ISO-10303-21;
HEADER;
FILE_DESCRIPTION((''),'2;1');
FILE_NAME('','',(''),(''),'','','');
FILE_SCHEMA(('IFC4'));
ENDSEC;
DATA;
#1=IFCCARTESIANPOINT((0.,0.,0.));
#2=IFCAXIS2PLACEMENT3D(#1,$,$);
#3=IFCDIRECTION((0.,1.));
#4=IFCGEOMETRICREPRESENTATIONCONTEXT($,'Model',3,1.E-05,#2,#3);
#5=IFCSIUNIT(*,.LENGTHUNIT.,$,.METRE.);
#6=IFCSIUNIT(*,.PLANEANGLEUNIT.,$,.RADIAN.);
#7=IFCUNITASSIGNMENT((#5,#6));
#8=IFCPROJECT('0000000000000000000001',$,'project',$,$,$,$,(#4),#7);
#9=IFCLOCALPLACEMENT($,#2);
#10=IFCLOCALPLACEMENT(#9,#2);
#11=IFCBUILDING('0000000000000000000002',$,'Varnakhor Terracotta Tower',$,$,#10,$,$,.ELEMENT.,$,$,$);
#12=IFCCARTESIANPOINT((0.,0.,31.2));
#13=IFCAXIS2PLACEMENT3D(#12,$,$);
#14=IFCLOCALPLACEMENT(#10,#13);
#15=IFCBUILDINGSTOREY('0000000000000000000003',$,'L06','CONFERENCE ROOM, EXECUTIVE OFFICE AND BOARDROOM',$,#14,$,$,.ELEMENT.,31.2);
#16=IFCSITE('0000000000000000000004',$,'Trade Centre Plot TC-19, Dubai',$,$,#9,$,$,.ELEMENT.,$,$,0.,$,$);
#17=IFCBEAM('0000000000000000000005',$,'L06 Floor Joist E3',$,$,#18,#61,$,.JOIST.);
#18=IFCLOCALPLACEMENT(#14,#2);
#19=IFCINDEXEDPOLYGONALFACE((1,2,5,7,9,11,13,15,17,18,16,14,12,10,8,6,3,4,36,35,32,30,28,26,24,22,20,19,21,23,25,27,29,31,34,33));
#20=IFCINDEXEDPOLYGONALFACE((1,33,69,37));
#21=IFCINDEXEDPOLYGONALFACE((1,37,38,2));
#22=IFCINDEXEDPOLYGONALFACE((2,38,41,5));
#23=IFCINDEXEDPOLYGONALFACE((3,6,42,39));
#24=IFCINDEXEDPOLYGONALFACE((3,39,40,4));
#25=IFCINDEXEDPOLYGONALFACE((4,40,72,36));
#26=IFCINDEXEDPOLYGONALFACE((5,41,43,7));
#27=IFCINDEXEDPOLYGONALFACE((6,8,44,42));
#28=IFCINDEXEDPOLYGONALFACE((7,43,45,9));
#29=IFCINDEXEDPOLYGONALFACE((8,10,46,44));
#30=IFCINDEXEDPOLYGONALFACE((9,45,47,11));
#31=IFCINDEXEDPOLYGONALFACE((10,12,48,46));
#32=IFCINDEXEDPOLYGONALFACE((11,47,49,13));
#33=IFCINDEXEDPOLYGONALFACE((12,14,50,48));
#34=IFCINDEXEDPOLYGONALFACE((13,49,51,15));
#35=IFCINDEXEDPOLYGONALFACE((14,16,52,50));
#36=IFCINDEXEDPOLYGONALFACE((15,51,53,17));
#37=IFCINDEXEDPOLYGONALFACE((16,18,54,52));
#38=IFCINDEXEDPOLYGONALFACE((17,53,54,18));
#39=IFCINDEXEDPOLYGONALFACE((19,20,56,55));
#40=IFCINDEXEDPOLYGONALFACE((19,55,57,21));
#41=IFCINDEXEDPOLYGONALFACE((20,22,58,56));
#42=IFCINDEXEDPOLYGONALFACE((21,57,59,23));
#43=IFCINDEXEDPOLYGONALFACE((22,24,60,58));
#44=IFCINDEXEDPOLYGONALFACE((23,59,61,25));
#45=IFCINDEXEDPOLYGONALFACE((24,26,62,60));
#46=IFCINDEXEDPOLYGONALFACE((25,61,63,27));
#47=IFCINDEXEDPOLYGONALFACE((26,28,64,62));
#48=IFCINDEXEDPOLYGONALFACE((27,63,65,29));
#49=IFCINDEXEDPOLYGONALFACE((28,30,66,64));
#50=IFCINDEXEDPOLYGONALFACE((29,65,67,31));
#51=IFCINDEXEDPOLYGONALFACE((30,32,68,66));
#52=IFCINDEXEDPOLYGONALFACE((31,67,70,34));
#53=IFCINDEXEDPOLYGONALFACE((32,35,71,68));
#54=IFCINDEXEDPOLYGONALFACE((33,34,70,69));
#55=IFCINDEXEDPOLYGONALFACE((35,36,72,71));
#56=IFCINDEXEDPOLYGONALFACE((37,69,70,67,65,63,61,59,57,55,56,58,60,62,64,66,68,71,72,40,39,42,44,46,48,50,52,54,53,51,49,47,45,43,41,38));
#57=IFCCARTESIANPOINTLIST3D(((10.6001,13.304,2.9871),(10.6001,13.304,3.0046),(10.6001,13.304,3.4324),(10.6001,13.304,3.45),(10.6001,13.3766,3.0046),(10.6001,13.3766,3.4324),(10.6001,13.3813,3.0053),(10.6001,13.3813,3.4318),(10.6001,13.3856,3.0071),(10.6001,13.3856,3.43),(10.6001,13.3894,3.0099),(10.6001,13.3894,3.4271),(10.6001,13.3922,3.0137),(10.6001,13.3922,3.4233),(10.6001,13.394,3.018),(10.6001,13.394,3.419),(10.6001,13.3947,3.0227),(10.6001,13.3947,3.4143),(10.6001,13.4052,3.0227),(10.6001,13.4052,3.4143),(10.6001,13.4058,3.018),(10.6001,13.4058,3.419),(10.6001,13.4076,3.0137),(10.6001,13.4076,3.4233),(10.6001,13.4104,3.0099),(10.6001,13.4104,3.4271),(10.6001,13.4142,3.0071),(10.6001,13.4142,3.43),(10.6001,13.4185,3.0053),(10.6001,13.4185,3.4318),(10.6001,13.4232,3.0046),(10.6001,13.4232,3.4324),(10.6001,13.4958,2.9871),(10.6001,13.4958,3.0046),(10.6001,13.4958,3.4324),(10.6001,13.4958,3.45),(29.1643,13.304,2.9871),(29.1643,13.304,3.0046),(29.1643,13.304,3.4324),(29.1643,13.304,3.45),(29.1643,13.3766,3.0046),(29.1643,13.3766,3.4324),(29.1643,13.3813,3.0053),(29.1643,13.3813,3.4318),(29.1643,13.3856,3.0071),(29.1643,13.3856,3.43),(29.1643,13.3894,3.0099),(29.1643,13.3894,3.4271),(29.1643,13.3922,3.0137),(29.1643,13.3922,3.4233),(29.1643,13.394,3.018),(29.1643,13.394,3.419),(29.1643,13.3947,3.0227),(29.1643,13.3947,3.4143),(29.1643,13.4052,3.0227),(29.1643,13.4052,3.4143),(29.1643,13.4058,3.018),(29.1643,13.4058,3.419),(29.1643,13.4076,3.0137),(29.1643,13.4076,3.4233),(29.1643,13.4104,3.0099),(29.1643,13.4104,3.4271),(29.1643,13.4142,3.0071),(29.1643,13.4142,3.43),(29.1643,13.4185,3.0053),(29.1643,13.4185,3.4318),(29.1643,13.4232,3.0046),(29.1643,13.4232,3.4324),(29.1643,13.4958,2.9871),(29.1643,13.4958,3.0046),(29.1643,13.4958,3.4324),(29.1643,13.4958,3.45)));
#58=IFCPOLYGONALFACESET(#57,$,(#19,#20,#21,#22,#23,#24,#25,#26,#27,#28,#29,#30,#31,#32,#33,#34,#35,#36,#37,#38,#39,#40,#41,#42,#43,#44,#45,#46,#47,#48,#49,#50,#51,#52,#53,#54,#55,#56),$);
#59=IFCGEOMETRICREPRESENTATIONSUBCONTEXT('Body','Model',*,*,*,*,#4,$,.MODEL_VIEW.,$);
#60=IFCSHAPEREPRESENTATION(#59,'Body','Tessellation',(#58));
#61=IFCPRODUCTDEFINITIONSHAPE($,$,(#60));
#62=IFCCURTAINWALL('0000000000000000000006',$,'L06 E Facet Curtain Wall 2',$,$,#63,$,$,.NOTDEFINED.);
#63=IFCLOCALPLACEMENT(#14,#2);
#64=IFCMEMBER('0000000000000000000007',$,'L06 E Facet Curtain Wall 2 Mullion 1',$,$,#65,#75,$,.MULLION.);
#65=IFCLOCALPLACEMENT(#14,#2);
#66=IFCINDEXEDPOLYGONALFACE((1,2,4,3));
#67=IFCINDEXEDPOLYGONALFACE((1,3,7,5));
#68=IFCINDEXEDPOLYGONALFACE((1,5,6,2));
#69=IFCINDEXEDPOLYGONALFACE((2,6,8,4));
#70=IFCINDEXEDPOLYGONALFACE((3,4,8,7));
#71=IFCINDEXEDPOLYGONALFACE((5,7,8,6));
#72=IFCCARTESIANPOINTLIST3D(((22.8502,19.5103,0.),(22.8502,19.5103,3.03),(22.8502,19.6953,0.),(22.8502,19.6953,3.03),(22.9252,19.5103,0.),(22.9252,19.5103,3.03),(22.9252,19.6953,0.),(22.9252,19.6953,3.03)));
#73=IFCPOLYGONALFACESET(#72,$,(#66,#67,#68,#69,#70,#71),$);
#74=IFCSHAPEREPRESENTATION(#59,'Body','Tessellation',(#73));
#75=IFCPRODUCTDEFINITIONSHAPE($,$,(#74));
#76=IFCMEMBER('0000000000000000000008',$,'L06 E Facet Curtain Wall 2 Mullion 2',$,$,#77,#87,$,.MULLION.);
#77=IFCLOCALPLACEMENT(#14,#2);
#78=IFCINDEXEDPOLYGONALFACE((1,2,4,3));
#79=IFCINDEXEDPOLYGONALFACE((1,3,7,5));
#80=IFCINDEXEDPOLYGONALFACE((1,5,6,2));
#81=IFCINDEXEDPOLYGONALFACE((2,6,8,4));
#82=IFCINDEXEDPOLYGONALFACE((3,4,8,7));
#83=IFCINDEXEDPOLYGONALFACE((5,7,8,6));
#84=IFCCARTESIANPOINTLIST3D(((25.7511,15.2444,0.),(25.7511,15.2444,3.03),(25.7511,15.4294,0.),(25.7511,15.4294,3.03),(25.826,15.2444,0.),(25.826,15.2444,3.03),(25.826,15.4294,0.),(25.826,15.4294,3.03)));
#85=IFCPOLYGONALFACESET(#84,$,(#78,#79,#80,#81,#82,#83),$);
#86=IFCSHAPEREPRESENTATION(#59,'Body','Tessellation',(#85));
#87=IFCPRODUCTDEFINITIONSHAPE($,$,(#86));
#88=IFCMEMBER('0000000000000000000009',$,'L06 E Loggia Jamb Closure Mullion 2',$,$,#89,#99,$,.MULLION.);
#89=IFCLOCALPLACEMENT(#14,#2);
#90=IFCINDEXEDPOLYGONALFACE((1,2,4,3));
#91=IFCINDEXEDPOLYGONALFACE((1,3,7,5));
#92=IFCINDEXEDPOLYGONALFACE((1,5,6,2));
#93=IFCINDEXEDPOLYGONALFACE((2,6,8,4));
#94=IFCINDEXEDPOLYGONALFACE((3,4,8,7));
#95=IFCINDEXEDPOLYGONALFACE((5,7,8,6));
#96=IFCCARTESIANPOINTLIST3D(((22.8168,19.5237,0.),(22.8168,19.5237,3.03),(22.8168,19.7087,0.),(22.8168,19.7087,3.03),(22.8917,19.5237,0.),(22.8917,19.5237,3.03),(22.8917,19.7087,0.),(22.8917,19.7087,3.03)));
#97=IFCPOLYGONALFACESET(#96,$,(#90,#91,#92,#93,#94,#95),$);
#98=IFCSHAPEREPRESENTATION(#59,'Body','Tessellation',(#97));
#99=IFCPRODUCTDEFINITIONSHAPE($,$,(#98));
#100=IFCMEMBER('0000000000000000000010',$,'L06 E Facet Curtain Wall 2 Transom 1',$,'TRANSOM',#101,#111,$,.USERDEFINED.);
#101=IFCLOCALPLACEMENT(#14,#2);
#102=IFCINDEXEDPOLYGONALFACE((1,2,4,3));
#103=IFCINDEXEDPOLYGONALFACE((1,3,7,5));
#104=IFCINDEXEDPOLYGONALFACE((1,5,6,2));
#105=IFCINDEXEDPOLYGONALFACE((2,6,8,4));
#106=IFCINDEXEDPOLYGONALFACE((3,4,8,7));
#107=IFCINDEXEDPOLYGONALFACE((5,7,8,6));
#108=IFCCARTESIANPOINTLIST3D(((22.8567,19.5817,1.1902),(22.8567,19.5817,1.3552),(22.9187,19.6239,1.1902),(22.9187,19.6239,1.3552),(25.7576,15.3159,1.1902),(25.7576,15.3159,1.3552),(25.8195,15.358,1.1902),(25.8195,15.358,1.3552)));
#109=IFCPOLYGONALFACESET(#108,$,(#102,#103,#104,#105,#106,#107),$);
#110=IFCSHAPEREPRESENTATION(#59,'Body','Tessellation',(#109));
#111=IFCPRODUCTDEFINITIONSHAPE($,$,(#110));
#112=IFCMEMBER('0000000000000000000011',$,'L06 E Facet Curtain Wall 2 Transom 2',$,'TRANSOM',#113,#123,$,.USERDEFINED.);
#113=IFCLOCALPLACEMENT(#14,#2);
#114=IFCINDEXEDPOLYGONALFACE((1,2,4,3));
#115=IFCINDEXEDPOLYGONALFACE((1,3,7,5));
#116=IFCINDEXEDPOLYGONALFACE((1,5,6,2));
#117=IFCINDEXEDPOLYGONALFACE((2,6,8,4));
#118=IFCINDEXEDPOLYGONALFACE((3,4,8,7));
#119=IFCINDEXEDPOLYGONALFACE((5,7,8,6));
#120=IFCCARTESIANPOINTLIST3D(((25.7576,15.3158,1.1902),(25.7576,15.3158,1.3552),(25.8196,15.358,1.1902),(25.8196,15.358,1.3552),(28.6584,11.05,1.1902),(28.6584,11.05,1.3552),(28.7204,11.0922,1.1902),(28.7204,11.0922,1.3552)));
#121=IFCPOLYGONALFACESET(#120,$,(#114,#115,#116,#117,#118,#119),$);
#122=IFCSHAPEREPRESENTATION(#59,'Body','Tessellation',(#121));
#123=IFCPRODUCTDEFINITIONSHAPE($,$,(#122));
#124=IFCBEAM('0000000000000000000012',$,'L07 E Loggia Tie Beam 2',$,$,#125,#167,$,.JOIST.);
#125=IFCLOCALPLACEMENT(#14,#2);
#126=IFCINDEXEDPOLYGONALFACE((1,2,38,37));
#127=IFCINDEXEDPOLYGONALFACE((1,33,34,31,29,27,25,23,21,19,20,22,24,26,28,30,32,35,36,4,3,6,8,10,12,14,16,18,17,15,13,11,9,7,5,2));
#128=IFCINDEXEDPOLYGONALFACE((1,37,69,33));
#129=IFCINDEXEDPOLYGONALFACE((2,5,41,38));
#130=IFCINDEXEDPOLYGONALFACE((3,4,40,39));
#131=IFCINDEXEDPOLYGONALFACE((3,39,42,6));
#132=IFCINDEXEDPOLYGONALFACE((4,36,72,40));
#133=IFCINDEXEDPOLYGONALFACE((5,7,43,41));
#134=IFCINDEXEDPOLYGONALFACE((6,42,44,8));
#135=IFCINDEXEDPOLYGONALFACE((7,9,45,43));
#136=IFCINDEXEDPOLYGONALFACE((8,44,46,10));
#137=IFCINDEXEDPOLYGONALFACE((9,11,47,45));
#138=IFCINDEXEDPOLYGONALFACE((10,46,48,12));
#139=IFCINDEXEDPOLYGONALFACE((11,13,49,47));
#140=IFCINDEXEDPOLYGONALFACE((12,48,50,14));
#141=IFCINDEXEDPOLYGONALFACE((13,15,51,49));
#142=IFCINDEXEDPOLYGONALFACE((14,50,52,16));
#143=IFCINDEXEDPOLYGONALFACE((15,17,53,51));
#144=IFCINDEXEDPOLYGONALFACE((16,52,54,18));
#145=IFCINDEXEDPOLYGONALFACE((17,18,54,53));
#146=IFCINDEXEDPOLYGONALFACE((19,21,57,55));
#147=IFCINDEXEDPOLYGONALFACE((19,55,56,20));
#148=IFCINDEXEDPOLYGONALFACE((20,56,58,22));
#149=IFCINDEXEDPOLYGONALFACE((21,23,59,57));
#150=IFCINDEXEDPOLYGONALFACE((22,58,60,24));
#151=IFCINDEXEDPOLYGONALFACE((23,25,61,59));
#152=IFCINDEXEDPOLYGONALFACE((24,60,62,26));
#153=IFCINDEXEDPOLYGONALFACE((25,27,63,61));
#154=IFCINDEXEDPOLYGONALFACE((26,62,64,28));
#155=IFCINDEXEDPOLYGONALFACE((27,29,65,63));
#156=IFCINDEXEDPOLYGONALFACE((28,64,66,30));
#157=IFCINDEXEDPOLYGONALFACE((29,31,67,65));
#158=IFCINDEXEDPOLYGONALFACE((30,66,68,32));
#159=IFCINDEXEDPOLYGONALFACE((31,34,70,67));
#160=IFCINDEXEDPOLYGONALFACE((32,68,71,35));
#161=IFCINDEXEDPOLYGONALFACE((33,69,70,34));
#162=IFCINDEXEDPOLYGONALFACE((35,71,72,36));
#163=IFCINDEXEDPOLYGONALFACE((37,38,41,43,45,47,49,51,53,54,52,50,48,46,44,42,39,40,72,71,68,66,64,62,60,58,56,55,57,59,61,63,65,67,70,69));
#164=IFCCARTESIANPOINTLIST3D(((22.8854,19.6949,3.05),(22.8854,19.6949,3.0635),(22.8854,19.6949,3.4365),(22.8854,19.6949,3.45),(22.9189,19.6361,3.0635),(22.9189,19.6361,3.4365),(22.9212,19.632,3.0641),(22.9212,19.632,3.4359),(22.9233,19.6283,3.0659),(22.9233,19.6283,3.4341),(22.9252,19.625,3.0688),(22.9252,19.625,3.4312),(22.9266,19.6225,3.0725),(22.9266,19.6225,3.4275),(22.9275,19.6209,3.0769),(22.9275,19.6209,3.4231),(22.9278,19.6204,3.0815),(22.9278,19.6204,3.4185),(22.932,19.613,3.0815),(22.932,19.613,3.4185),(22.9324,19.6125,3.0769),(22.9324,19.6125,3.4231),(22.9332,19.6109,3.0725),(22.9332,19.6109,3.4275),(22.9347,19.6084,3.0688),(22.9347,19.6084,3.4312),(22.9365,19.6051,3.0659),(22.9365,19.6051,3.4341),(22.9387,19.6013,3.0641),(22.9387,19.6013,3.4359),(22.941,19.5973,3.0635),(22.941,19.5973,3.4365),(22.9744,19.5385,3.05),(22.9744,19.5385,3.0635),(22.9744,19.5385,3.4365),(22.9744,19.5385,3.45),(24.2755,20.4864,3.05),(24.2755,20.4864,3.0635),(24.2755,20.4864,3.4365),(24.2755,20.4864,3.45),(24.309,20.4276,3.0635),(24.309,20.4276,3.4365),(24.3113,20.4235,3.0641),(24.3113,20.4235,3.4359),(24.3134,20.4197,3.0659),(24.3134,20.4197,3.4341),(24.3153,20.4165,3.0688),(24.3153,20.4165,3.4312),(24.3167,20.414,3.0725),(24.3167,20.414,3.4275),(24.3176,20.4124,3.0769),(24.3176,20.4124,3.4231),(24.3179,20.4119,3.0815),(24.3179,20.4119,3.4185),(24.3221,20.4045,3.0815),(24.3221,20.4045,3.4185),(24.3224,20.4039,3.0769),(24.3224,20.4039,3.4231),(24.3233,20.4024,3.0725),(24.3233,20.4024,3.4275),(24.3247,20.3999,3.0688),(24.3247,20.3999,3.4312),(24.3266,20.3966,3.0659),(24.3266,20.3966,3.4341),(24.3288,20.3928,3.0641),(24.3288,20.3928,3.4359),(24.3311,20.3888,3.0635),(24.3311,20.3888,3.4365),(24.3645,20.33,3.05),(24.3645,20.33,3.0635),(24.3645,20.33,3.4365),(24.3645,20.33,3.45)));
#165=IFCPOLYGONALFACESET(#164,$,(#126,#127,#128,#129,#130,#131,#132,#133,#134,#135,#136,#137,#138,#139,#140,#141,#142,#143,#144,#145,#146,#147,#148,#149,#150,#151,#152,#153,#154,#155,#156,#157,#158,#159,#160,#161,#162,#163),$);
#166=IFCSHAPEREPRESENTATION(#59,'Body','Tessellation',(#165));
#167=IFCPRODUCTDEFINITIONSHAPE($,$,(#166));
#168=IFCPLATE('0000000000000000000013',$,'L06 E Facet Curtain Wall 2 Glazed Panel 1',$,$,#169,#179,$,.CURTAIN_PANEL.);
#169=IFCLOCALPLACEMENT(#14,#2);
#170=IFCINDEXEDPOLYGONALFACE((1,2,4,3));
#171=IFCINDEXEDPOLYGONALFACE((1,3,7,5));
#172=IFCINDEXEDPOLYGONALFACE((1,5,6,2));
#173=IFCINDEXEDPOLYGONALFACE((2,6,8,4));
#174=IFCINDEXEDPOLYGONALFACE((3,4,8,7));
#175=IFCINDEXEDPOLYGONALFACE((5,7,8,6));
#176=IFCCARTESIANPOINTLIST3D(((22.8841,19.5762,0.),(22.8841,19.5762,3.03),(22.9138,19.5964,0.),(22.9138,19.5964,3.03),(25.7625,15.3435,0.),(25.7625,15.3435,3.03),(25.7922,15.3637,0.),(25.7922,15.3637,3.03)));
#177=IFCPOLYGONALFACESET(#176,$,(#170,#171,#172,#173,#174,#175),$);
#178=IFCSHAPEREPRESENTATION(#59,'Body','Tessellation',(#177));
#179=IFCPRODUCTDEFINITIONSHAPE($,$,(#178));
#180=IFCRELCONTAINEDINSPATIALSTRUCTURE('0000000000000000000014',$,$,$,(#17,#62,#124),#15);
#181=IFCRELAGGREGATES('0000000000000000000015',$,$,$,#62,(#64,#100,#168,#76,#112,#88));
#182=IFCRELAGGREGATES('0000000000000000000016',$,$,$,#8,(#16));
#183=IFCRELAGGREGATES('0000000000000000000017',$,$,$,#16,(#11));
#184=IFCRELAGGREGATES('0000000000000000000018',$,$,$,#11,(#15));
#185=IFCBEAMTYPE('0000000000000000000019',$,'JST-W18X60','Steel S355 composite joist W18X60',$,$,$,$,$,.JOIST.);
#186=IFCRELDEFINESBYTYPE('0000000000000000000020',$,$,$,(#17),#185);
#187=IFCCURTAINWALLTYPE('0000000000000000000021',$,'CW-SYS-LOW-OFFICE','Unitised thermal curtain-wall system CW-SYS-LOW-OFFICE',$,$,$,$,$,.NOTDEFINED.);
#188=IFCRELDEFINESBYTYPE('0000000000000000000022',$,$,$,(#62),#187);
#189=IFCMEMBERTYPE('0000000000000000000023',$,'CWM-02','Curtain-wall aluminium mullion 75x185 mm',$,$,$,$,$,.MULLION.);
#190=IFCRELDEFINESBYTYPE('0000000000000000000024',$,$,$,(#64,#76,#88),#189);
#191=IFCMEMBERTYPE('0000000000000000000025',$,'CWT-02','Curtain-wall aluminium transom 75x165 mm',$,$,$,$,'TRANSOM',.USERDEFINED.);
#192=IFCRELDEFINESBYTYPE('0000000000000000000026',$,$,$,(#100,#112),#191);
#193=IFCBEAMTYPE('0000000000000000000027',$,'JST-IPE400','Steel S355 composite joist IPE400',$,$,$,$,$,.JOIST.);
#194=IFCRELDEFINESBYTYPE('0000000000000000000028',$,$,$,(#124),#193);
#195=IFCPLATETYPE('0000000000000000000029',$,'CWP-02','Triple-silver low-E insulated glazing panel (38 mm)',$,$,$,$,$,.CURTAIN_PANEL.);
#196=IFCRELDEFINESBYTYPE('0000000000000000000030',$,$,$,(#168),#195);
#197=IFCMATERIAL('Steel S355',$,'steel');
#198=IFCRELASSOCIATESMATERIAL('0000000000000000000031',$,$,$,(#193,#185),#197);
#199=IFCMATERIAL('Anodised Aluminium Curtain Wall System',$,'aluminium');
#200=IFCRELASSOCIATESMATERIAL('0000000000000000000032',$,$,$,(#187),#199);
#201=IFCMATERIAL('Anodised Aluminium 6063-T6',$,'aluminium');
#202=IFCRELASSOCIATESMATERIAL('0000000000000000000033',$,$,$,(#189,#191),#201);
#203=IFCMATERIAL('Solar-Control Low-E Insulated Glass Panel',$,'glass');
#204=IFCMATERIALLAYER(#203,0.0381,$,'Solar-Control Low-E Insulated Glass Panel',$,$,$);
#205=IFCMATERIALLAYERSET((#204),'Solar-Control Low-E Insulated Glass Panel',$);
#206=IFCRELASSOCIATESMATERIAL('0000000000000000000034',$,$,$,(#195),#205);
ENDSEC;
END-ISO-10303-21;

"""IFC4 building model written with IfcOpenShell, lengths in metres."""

from ifc_helpers import new_model, si_unit, direction, frame, origin, origin_2d, place, context, subcontext, project, spatial, rectangle, i_section, extrude, source, transform, mapped, material, layer, layer_set, material_profile, profile_set, type_object, type_shapes, element, aggregate, save


model = new_model("IFC4")

# Units and contexts
model_context = context("Model", 3, precision=1e-05, world=origin(), true_north=direction((0.0, 1.0)))
body_context = subcontext(model_context, "Body", "Model", "MODEL_VIEW")
ifc_project = project(units=[si_unit("LENGTHUNIT", "METRE"), si_unit("PLANEANGLEUNIT", "RADIAN")], contexts=[model_context])

# Site, building, storey
site_placement = place(None, origin())
site = spatial("IfcSite", under=ifc_project, at=site_placement, Name="Trade Centre Plot TC-19, Dubai", CompositionType="ELEMENT", RefElevation=0.0)
building_placement = place(site_placement, origin())
building = spatial("IfcBuilding", under=site, at=building_placement, Name="Varnakhor Terracotta Tower", CompositionType="ELEMENT")
storey_placement = place(building_placement, frame((0.0, 0.0, 31.2)))
storey = spatial("IfcBuildingStorey", under=building, at=storey_placement, Name="L06", Description="CONFERENCE ROOM, EXECUTIVE OFFICE AND BOARDROOM", CompositionType="ELEMENT", Elevation=31.2)

# Beam
ifc_material_1 = material(Name="Steel S355", Category="steel")
ifc_material_profile_1 = material_profile(ifc_material_1, i_section(OverallWidth=0.1799, OverallDepth=0.3999, WebThickness=0.0085, FlangeThickness=0.0134, FilletRadius=0.0181, at=origin_2d()), Name="IPE400")
ifc_profile_set_1 = profile_set([ifc_material_profile_1], Name="Steel S355")
beam_type_1 = type_object("IfcBeamType", Name="JST-IPE400", Description="Steel S355 composite joist IPE400", PredefinedType="JOIST", material=ifc_profile_set_1)
ifc_material_profile_2 = material_profile(ifc_material_1, i_section(OverallWidth=0.1919, OverallDepth=0.4629, WebThickness=0.0105, FlangeThickness=0.0176, FilletRadius=0.0181, at=origin_2d()), Name="W18X60")
ifc_profile_set_2 = profile_set([ifc_material_profile_2], Name="Steel S355")
beam_type_2 = type_object("IfcBeamType", Name="JST-W18X60", Description="Steel S355 composite joist W18X60", PredefinedType="JOIST", material=ifc_profile_set_2)
shared_shape_1 = source(origin(), body_context, "Body", "SweptSolid", [
    extrude(i_section(OverallWidth=0.1919, OverallDepth=0.4629, WebThickness=0.0105, FlangeThickness=0.0176, FilletRadius=0.0181, at=origin_2d()), origin(), (0.0, 0.0, 1.0), 18.5642),
])
beam_1_placement = place(storey_placement, frame((10.6001, 13.3999, 3.2185), z_axis=(1.0, 0.0, 0.0), x_axis=(0.0, 1.0, 0.0)))
element("IfcBeam", 1, at=beam_1_placement, inside=storey, type_object=beam_type_2, Name="L06 Floor Joist E3", PredefinedType="JOIST", context=body_context, shape_type="MappedRepresentation", body=[
    mapped(shared_shape_1, transform((0.0, 0.0, 0.0), scale=1.0)),
])

# Curtain wall, members
ifc_material_2 = material(Name="Anodised Aluminium Curtain Wall System", Category="aluminium")
curtain_wall_type = type_object("IfcCurtainWallType", Name="CW-SYS-LOW-OFFICE", Description="Unitised thermal curtain-wall system CW-SYS-LOW-OFFICE", PredefinedType="NOTDEFINED", material=ifc_material_2)
curtain_wall_placement = place(storey_placement, origin())
curtain_wall = element("IfcCurtainWall", 2, at=curtain_wall_placement, inside=storey, type_object=curtain_wall_type, Name="L06 E Facet Curtain Wall 2", PredefinedType="NOTDEFINED")
ifc_material_3 = material(Name="Anodised Aluminium 6063-T6", Category="aluminium")
ifc_material_profile_3 = material_profile(ifc_material_3, rectangle(XDim=0.075, YDim=0.1851, at=origin_2d()), Name="ALU MULLION 75x185")
ifc_profile_set_3 = profile_set([ifc_material_profile_3], Name="Anodised Aluminium 6063-T6")
member_type_1 = type_object("IfcMemberType", Name="CWM-02", Description="Curtain-wall aluminium mullion 75x185 mm", PredefinedType="MULLION", material=ifc_profile_set_3)
shared_shape_2 = source(origin(), body_context, "Body", "SweptSolid", [
    extrude(rectangle(XDim=0.075, YDim=0.1851, at=origin_2d()), origin(), (0.0, 0.0, 1.0), 3.03),
])
type_shapes(member_type_1, [shared_shape_2])
member_1_placement = place(storey_placement, frame((22.8877, 19.6028, 0.0), z_axis=(0.0, 0.0, 1.0), x_axis=(1.0, 0.0, 0.0)))
member_1 = element("IfcMember", 3, at=member_1_placement, type_object=member_type_1, Name="L06 E Facet Curtain Wall 2 Mullion 1", PredefinedType="MULLION", context=body_context, shape_type="MappedRepresentation", body=[
    mapped(shared_shape_2, transform((0.0, 0.0, 0.0), scale=1.0)),
])
member_2_placement = place(storey_placement, frame((25.7886, 15.3369, 0.0), z_axis=(0.0, 0.0, 1.0), x_axis=(1.0, 0.0, 0.0)))
member_2 = element("IfcMember", 4, at=member_2_placement, type_object=member_type_1, Name="L06 E Facet Curtain Wall 2 Mullion 2", PredefinedType="MULLION", context=body_context, shape_type="MappedRepresentation", body=[
    mapped(shared_shape_2, transform((0.0, 0.0, 0.0), scale=1.0)),
])
member_3_placement = place(storey_placement, frame((22.8542, 19.6162, 0.0), z_axis=(0.0, 0.0, 1.0), x_axis=(1.0, 0.0, 0.0)))
member_3 = element("IfcMember", 5, at=member_3_placement, type_object=member_type_1, Name="L06 E Loggia Jamb Closure Mullion 2", PredefinedType="MULLION", context=body_context, shape_type="MappedRepresentation", body=[
    mapped(shared_shape_2, transform((0.0, 0.0, 0.0), scale=1.0)),
])
ifc_material_profile_4 = material_profile(ifc_material_3, rectangle(XDim=0.075, YDim=0.165, at=origin_2d()), Name="ALU TRANSOM 75x165")
ifc_profile_set_4 = profile_set([ifc_material_profile_4], Name="Anodised Aluminium 6063-T6")
member_type_2 = type_object("IfcMemberType", Name="CWT-02", Description="Curtain-wall aluminium transom 75x165 mm", ElementType="TRANSOM", PredefinedType="USERDEFINED", material=ifc_profile_set_4)
shared_shape_3 = source(origin(), body_context, "Body", "SweptSolid", [
    extrude(rectangle(XDim=0.075, YDim=0.165, at=origin_2d()), origin(), (0.0, 0.0, 1.0), 5.1587),
])
member_4_placement = place(storey_placement, frame((22.8877, 19.6028, 1.2727), z_axis=(0.562322, -0.826919, 0.0), x_axis=(0.826919, 0.562322, 0.0)))
member_4 = element("IfcMember", 6, at=member_4_placement, type_object=member_type_2, Name="L06 E Facet Curtain Wall 2 Transom 1", ObjectType="TRANSOM", PredefinedType="USERDEFINED", context=body_context, shape_type="MappedRepresentation", body=[
    mapped(shared_shape_3, transform((0.0, 0.0, 0.0), scale=1.0)),
])
member_5_placement = place(storey_placement, frame((25.7886, 15.3369, 1.2727), z_axis=(0.562322, -0.826919, 0.0), x_axis=(0.826919, 0.562322, 0.0)))
member_5 = element("IfcMember", 7, at=member_5_placement, type_object=member_type_2, Name="L06 E Facet Curtain Wall 2 Transom 2", ObjectType="TRANSOM", PredefinedType="USERDEFINED", context=body_context, shape_type="MappedRepresentation", body=[
    mapped(shared_shape_3, transform((0.0, 0.0, 0.0), scale=1.0)),
])

# Beam
shared_shape_4 = source(origin(), body_context, "Body", "SweptSolid", [
    extrude(i_section(OverallWidth=0.1799, OverallDepth=0.3999, WebThickness=0.0085, FlangeThickness=0.0134, FilletRadius=0.0181, at=origin_2d()), origin(), (0.0, 0.0, 1.0), 1.5996),
])
beam_2_placement = place(storey_placement, frame((22.9299, 19.6167, 3.25), z_axis=(0.869012, 0.494791, 0.0), x_axis=(-0.494791, 0.869012, 0.0)))
element("IfcBeam", 8, at=beam_2_placement, inside=storey, type_object=beam_type_1, Name="L07 E Loggia Tie Beam 2", PredefinedType="JOIST", context=body_context, shape_type="MappedRepresentation", body=[
    mapped(shared_shape_4, transform((0.0, 0.0, 0.0), scale=1.0)),
])

# Plate
ifc_material_4 = material(Name="Solar-Control Low-E Insulated Glass Panel", Category="glass")
ifc_layer_1 = layer(ifc_material_4, 0.0381, Name="Solar-Control Low-E Insulated Glass Panel")
ifc_layer_set_1 = layer_set([ifc_layer_1], Name="Solar-Control Low-E Insulated Glass Panel")
plate_type = type_object("IfcPlateType", Name="CWP-02", Description="Triple-silver low-E insulated glazing panel (38 mm)", PredefinedType="CURTAIN_PANEL", material=ifc_layer_set_1)
shared_shape_5 = source(origin(), body_context, "Body", "SweptSolid", [
    extrude(rectangle(XDim=5.1187, YDim=0.0359, at=origin_2d()), origin(), (0.0, 0.0, 1.0), 3.03),
])
plate_1_placement = place(storey_placement, frame((24.3381, 17.47, 0.0), z_axis=(0.0, 0.0, 1.0), x_axis=(0.562329, -0.826914, 0.0)))
plate_1 = element("IfcPlate", 9, at=plate_1_placement, type_object=plate_type, Name="L06 E Facet Curtain Wall 2 Glazed Panel 1", PredefinedType="CURTAIN_PANEL", context=body_context, shape_type="MappedRepresentation", body=[
    mapped(shared_shape_5, transform((0.0, 0.0, 0.0), scale=1.0)),
])
aggregate(curtain_wall, [member_1, member_4, plate_1, member_2, member_5, member_3])

save(model, "model.ifc")
